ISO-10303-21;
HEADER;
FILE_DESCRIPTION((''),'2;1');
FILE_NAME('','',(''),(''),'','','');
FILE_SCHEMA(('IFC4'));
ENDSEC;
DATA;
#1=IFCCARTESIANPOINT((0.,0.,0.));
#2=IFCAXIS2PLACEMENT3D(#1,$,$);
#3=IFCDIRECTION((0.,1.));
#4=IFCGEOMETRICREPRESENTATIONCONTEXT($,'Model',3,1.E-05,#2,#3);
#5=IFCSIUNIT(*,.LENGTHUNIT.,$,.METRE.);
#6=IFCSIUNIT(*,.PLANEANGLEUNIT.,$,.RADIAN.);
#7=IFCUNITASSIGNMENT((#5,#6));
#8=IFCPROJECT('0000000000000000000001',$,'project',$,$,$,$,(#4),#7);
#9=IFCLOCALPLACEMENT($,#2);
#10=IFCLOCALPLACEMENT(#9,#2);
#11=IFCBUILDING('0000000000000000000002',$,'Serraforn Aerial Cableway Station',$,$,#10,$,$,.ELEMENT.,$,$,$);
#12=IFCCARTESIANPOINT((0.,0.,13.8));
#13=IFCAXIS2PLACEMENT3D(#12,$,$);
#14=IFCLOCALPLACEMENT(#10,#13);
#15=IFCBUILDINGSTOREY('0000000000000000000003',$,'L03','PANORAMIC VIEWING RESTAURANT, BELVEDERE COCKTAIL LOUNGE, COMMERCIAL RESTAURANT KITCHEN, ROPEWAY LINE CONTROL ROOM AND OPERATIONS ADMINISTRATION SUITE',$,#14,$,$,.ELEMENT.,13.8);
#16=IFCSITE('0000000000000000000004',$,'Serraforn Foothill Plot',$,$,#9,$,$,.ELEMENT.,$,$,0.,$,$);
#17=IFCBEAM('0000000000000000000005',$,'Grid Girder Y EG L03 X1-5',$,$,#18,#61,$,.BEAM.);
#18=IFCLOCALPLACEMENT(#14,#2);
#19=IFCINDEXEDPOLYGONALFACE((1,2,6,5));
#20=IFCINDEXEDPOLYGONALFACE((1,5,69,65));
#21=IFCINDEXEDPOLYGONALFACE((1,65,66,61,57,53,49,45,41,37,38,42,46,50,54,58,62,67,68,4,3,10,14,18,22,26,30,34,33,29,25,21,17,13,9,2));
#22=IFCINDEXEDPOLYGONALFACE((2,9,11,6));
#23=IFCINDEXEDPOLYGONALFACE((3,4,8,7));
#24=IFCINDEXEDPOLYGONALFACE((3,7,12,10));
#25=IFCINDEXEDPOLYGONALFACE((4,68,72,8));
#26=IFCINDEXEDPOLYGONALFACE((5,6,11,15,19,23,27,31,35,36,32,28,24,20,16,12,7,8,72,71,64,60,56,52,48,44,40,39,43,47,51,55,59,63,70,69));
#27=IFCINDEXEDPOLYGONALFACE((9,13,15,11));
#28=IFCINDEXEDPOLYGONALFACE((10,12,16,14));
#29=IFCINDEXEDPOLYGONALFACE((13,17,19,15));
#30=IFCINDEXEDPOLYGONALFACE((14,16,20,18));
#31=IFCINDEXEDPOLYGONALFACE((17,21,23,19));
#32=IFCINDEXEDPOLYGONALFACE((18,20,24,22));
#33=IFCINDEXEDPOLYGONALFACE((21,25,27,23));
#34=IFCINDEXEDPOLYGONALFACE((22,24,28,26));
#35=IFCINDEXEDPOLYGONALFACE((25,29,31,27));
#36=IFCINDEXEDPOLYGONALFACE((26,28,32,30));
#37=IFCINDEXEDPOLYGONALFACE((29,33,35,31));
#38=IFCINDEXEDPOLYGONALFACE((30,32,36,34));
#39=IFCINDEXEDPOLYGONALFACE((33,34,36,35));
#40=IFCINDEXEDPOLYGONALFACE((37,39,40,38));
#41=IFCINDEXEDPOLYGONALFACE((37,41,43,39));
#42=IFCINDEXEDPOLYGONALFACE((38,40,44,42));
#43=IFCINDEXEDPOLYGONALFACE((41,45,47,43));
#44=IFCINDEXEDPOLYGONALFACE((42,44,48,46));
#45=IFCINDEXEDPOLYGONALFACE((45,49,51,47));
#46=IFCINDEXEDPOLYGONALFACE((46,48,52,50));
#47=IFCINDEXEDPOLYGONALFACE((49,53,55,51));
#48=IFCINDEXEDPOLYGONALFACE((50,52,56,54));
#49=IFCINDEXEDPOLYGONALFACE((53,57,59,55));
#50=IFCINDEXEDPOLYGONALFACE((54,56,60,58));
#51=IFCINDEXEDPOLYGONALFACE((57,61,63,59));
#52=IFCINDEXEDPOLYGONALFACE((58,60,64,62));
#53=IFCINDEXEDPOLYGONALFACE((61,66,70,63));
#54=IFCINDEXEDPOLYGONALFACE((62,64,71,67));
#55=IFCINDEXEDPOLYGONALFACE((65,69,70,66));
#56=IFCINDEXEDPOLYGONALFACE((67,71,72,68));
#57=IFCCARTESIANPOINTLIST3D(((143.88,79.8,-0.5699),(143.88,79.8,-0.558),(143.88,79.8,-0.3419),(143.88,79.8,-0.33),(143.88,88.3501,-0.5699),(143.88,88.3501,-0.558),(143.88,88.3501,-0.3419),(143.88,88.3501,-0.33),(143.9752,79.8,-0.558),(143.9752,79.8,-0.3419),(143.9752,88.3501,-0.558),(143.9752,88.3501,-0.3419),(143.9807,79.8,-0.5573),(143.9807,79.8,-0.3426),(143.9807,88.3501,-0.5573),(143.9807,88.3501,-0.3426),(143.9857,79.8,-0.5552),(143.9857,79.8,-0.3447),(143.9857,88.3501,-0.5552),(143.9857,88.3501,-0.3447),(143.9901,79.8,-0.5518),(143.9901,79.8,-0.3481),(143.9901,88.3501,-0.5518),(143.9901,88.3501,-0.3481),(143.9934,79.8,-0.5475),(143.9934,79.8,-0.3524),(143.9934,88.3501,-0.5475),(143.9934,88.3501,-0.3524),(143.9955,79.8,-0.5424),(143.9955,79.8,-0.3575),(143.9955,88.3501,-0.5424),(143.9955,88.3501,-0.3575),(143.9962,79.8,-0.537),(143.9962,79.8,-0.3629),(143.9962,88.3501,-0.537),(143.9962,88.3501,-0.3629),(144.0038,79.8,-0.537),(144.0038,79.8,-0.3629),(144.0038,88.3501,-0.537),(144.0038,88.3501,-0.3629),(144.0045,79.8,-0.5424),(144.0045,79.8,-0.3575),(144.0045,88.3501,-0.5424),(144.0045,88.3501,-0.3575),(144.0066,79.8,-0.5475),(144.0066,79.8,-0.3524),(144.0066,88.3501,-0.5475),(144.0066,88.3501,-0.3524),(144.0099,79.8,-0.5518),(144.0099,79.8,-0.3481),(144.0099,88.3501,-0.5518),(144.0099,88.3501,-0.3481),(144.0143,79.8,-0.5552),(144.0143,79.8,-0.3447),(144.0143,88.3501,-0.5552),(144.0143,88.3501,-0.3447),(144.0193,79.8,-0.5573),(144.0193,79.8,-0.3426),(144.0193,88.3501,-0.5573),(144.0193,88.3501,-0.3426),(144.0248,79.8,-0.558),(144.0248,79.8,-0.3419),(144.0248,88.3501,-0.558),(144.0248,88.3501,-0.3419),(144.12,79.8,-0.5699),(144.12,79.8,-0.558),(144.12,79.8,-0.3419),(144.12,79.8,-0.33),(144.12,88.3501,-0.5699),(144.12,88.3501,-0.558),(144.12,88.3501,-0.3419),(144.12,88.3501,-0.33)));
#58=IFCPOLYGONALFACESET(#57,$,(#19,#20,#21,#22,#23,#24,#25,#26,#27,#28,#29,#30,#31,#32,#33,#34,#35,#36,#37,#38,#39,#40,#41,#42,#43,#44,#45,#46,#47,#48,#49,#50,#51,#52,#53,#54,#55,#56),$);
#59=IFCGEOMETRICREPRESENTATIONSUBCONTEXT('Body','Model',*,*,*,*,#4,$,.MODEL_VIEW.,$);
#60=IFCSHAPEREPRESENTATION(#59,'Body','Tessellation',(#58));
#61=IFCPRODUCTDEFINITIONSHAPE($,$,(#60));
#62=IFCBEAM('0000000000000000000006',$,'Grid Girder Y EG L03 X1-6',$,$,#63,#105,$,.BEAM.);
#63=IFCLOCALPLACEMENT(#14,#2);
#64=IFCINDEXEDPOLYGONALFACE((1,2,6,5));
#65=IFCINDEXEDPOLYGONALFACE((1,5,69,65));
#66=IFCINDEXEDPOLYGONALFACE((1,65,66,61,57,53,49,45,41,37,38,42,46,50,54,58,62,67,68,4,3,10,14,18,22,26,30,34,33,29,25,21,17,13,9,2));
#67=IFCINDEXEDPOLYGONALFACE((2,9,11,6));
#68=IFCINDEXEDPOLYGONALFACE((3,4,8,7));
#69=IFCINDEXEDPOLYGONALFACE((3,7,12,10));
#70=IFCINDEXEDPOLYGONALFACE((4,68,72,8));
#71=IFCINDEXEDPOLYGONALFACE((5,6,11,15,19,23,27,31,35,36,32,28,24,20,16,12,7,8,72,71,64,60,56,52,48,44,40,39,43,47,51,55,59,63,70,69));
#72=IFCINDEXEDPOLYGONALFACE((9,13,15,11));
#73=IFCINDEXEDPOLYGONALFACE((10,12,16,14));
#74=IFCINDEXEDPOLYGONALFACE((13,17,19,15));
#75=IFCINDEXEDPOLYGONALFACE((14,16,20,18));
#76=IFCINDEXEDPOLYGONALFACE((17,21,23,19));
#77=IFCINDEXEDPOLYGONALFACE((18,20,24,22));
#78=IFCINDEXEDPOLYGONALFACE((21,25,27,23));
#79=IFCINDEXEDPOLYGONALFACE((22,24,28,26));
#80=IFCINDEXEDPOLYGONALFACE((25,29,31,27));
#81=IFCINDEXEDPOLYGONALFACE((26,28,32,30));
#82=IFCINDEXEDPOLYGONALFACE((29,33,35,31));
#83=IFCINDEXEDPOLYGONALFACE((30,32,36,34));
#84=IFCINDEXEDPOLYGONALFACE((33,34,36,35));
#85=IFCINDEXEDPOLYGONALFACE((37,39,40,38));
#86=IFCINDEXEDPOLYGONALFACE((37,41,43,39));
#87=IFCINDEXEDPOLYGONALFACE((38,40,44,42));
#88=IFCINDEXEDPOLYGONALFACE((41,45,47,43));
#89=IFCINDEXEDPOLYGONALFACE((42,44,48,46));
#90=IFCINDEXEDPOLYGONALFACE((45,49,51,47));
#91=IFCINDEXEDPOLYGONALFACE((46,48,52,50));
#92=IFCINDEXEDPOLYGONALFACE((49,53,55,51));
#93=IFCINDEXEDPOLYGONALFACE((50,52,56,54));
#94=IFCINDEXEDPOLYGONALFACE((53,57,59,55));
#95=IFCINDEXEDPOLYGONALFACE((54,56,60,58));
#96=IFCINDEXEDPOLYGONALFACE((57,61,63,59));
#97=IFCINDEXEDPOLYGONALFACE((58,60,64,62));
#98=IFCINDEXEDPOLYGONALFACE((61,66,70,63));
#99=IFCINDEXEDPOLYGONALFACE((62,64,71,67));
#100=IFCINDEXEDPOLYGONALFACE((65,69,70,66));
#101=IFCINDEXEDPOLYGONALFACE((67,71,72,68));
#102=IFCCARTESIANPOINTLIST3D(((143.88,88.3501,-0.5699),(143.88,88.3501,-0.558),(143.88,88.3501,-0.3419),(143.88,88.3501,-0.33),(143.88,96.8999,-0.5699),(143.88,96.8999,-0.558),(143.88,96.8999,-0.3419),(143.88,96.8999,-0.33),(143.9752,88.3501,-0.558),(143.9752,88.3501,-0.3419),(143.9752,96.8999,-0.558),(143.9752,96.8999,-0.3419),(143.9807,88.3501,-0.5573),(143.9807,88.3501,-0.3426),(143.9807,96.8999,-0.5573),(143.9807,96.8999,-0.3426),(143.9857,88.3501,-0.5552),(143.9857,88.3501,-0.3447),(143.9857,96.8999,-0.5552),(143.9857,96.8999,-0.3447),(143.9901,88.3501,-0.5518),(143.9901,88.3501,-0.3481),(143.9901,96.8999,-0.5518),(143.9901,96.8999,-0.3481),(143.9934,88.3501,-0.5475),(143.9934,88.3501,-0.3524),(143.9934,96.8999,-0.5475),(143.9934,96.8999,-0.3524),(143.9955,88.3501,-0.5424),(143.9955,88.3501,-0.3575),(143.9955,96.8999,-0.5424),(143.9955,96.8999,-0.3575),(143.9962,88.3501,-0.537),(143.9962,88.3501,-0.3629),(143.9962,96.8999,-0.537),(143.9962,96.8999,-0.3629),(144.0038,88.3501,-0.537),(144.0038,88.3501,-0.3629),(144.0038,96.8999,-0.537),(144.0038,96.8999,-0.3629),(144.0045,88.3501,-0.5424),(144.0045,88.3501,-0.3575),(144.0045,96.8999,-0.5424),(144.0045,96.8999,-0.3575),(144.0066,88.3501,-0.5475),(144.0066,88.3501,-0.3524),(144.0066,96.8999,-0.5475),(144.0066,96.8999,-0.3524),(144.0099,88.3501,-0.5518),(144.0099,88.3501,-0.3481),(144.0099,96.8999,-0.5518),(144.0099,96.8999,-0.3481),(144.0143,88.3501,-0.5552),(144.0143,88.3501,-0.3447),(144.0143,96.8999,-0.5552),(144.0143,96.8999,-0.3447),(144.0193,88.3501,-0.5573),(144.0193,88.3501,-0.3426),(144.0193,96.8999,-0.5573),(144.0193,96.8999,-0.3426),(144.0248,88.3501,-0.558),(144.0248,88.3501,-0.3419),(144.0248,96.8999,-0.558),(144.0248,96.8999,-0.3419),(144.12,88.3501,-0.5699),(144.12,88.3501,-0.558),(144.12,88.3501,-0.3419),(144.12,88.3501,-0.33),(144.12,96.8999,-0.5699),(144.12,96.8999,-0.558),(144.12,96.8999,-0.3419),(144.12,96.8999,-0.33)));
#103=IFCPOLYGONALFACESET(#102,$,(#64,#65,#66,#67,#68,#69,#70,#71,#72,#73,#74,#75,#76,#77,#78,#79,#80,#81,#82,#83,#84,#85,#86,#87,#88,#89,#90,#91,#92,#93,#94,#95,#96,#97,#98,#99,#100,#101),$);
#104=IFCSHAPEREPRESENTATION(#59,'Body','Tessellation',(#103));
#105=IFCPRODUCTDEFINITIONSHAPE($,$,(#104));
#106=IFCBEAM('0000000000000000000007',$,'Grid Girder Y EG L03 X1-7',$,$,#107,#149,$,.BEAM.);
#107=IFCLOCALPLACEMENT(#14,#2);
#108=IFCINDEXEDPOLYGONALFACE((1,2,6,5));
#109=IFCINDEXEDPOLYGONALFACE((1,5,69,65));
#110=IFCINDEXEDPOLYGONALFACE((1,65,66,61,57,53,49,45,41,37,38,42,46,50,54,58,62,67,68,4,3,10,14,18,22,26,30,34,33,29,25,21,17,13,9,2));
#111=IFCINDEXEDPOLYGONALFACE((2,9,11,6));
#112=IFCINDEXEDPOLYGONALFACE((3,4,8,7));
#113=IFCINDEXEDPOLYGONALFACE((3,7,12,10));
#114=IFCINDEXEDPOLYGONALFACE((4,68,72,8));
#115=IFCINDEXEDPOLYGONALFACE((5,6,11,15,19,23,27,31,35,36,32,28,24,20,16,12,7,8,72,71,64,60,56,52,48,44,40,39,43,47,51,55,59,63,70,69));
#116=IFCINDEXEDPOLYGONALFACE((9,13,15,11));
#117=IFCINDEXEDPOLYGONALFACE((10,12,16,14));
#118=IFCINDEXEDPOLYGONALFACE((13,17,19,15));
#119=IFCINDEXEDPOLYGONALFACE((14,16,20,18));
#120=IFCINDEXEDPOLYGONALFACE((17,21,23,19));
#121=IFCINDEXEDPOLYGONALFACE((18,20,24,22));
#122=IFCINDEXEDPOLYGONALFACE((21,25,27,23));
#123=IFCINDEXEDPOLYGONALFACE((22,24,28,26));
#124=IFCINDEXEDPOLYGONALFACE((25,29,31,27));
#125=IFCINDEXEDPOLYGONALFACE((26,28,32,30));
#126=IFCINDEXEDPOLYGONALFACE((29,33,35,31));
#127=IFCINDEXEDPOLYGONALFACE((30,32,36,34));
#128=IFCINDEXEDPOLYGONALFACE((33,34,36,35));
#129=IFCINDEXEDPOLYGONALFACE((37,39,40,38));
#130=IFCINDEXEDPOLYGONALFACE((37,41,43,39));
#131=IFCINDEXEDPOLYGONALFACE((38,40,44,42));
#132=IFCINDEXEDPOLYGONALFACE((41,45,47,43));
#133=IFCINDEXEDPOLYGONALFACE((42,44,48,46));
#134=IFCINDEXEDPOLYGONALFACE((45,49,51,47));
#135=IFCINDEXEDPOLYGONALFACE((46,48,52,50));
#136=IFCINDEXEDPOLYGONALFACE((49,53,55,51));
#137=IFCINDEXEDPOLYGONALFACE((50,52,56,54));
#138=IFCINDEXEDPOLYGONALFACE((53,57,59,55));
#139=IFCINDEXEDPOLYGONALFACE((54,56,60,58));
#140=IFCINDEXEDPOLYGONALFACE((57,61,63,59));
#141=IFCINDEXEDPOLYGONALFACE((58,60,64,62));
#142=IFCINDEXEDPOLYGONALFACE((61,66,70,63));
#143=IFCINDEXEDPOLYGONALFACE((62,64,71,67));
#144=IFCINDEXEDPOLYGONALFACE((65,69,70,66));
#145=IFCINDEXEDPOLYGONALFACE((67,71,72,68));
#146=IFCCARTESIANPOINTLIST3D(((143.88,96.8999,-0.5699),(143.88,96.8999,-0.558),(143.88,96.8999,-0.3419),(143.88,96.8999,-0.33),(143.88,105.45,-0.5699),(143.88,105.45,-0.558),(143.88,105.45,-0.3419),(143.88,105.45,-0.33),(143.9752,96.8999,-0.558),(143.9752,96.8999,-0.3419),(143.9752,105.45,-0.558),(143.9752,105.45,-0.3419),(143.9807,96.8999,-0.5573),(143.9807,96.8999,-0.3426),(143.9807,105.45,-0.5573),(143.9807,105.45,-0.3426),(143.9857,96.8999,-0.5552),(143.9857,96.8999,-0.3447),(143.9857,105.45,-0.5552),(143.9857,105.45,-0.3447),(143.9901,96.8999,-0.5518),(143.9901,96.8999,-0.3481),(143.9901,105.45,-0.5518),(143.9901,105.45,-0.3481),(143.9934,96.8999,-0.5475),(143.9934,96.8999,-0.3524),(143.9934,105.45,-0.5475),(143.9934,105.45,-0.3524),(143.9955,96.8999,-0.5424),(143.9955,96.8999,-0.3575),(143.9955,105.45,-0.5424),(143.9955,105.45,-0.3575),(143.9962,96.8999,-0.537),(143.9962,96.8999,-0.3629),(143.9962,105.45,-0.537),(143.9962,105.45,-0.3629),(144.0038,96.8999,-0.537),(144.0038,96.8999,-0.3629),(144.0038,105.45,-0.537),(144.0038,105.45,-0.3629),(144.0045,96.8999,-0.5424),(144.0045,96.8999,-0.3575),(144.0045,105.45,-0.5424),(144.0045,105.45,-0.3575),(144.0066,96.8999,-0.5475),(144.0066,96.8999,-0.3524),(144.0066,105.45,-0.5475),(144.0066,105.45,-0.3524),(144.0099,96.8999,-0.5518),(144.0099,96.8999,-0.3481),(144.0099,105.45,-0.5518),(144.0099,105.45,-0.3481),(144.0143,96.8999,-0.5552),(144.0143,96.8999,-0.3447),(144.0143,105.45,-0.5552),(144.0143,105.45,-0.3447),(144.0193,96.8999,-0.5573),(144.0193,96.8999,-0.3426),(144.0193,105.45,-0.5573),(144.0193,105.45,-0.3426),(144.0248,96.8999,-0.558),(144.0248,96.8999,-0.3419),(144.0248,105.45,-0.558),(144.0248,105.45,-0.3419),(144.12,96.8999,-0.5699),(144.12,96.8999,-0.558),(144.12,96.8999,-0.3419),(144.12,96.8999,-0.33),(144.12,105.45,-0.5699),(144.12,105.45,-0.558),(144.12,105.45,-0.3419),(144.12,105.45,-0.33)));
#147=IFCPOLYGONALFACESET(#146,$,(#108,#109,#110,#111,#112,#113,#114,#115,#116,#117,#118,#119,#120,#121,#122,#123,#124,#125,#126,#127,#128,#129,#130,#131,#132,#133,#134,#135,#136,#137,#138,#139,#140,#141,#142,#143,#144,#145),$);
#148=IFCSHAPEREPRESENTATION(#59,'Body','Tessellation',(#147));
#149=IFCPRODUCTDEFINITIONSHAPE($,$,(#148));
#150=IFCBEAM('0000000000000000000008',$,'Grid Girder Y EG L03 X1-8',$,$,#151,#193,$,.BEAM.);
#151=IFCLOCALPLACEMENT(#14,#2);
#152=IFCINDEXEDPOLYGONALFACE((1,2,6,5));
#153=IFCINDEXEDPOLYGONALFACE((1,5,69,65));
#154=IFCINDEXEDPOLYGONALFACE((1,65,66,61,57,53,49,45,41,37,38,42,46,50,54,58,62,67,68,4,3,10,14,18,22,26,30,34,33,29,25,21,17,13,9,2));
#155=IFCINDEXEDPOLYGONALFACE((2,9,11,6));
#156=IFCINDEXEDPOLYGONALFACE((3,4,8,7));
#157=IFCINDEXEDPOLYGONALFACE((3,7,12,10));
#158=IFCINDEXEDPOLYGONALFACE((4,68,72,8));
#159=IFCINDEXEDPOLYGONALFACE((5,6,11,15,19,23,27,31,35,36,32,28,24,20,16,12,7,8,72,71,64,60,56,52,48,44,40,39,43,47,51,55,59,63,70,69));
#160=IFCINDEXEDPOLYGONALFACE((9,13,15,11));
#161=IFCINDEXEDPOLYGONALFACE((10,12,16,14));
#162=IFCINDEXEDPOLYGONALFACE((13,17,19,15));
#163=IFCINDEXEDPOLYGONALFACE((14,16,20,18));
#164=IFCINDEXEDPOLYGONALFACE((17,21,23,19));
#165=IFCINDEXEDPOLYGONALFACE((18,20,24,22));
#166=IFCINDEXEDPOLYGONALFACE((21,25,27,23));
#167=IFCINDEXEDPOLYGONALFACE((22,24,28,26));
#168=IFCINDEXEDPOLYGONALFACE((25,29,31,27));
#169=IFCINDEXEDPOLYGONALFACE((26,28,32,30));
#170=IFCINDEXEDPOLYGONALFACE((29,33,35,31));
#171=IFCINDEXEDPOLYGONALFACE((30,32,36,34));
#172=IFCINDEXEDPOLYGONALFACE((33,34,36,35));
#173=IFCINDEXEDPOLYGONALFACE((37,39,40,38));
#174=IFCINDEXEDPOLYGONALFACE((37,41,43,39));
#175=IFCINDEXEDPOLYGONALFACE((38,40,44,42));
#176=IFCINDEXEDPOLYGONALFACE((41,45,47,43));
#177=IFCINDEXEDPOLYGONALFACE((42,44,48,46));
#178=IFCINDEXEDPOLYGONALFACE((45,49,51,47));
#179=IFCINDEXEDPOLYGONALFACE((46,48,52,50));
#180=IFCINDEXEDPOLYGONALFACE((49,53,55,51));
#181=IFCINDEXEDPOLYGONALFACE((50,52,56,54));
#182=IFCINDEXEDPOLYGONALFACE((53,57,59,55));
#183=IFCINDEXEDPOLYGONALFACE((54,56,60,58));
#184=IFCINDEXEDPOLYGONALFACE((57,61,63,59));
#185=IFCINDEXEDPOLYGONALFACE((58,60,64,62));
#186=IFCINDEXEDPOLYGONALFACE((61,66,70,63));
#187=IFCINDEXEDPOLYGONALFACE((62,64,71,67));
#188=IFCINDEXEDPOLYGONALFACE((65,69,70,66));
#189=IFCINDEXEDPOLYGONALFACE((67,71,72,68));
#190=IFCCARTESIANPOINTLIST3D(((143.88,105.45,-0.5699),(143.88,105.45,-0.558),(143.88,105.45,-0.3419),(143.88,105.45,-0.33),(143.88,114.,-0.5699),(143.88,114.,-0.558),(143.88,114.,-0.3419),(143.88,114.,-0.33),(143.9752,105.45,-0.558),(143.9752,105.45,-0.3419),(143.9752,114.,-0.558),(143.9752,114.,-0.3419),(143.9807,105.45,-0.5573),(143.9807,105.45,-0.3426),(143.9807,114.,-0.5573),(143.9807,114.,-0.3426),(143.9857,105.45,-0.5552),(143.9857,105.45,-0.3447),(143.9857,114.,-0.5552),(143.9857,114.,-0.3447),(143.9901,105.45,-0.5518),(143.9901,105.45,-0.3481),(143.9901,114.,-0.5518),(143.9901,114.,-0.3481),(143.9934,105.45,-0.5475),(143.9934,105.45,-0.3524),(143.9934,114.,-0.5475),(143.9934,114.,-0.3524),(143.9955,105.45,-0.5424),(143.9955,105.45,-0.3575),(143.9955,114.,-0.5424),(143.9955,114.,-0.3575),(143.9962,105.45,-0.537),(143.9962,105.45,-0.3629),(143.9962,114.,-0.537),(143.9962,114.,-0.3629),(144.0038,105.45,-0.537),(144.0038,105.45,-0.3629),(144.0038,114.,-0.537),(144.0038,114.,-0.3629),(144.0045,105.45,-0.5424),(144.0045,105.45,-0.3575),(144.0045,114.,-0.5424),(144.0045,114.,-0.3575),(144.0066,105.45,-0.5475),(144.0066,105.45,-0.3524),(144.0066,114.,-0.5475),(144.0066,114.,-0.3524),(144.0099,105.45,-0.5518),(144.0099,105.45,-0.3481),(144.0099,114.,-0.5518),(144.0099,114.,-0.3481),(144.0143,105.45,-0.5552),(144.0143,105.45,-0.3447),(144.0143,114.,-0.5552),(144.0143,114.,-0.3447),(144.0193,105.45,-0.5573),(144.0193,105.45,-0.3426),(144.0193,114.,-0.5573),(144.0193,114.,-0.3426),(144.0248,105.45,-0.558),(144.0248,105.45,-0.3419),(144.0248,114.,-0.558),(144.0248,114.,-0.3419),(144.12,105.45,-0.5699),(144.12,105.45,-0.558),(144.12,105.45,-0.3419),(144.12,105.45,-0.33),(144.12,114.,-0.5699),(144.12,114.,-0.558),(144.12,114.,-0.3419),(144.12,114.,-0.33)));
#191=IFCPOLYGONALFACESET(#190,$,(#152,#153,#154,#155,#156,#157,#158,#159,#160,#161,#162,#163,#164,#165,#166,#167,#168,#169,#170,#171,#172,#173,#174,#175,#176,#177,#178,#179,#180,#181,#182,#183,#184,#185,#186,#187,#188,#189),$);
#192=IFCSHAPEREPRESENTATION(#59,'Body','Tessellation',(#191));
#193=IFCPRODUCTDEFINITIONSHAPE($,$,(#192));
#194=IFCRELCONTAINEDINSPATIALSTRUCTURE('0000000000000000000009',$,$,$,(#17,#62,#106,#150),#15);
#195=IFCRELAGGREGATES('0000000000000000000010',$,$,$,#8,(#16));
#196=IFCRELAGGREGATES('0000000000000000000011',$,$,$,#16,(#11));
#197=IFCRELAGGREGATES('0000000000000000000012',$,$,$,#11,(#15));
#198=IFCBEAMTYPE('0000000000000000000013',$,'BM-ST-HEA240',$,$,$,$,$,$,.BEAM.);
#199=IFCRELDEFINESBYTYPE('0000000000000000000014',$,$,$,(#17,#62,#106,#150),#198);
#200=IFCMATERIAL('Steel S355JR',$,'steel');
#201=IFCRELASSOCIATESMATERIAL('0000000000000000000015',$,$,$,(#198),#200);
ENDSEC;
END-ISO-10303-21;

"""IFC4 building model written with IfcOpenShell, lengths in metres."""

from ifc_helpers import new_model, si_unit, direction, frame, origin, origin_2d, place, context, subcontext, project, spatial, i_section, extrude, material, material_profile, profile_set, type_object, element, save


model = new_model("IFC4")

# Units and contexts
model_context = context("Model", 3, precision=1e-05, world=origin(), true_north=direction((0.0, 1.0)))
body_context = subcontext(model_context, "Body", "Model", "MODEL_VIEW")
ifc_project = project(units=[si_unit("LENGTHUNIT", "METRE"), si_unit("PLANEANGLEUNIT", "RADIAN")], contexts=[model_context])

# Site, building, storey
site_placement = place(None, origin())
site = spatial("IfcSite", under=ifc_project, at=site_placement, Name="Serraforn Foothill Plot", CompositionType="ELEMENT", RefElevation=0.0)
building_placement = place(site_placement, origin())
building = spatial("IfcBuilding", under=site, at=building_placement, Name="Serraforn Aerial Cableway Station", CompositionType="ELEMENT")
storey_placement = place(building_placement, frame((0.0, 0.0, 13.8)))
storey = spatial("IfcBuildingStorey", under=building, at=storey_placement, Name="L03", Description="PANORAMIC VIEWING RESTAURANT, BELVEDERE COCKTAIL LOUNGE, COMMERCIAL RESTAURANT KITCHEN, ROPEWAY LINE CONTROL ROOM AND OPERATIONS ADMINISTRATION SUITE", CompositionType="ELEMENT", Elevation=13.8)

# Beams
ifc_material_1 = material(Name="Steel S355JR", Category="steel")
ifc_material_profile_1 = material_profile(ifc_material_1, i_section(OverallWidth=0.24, OverallDepth=0.24, WebThickness=0.0076, FlangeThickness=0.012, FilletRadius=0.021, at=origin_2d()), Name="HEA 240")
ifc_profile_set_1 = profile_set([ifc_material_profile_1], Name="Steel S355JR")
beam_type_1 = type_object("IfcBeamType", Name="BM-ST-HEA240", PredefinedType="BEAM", material=ifc_profile_set_1)
for number, where, z_axis, x_axis, name in (
    (1, (144.0, 79.8, -0.45), (0.0, 1.0, 0.0), (-1.0, 0.0, 0.0), "Grid Girder Y EG L03 X1-5"),
):
    element("IfcBeam", number, at=place(storey_placement, frame(where, z_axis=z_axis, x_axis=x_axis)), inside=storey, type_object=beam_type_1, Name=name, PredefinedType="BEAM", context=body_context, shape_type="SweptSolid", body=[
        extrude(i_section(OverallWidth=0.24, OverallDepth=0.24, WebThickness=0.0076, FlangeThickness=0.012, FilletRadius=0.021, at=origin_2d()), origin(), (0.0, 0.0, 1.0), 8.55),
    ])
beam_1_placement = place(storey_placement, frame((144.0, 88.3501, -0.45), z_axis=(0.0, 1.0, 0.0), x_axis=(-1.0, 0.0, 0.0)))
element("IfcBeam", 2, at=beam_1_placement, inside=storey, type_object=beam_type_1, Name="Grid Girder Y EG L03 X1-6", PredefinedType="BEAM", context=body_context, shape_type="SweptSolid", body=[
    extrude(i_section(OverallWidth=0.24, OverallDepth=0.24, WebThickness=0.0076, FlangeThickness=0.012, FilletRadius=0.021, at=origin_2d()), origin(), (0.0, 0.0, 1.0), 8.5498),
])
for number, where, z_axis, x_axis, name in (
    (3, (144.0, 96.8999, -0.45), (0.0, 1.0, 0.0), (-1.0, 0.0, 0.0), "Grid Girder Y EG L03 X1-7"),
    (4, (144.0, 105.45, -0.45), (0.0, 1.0, 0.0), (-1.0, 0.0, 0.0), "Grid Girder Y EG L03 X1-8"),
):
    element("IfcBeam", number, at=place(storey_placement, frame(where, z_axis=z_axis, x_axis=x_axis)), inside=storey, type_object=beam_type_1, Name=name, PredefinedType="BEAM", context=body_context, shape_type="SweptSolid", body=[
        extrude(i_section(OverallWidth=0.24, OverallDepth=0.24, WebThickness=0.0076, FlangeThickness=0.012, FilletRadius=0.021, at=origin_2d()), origin(), (0.0, 0.0, 1.0), 8.55),
    ])

save(model, "model.ifc")
